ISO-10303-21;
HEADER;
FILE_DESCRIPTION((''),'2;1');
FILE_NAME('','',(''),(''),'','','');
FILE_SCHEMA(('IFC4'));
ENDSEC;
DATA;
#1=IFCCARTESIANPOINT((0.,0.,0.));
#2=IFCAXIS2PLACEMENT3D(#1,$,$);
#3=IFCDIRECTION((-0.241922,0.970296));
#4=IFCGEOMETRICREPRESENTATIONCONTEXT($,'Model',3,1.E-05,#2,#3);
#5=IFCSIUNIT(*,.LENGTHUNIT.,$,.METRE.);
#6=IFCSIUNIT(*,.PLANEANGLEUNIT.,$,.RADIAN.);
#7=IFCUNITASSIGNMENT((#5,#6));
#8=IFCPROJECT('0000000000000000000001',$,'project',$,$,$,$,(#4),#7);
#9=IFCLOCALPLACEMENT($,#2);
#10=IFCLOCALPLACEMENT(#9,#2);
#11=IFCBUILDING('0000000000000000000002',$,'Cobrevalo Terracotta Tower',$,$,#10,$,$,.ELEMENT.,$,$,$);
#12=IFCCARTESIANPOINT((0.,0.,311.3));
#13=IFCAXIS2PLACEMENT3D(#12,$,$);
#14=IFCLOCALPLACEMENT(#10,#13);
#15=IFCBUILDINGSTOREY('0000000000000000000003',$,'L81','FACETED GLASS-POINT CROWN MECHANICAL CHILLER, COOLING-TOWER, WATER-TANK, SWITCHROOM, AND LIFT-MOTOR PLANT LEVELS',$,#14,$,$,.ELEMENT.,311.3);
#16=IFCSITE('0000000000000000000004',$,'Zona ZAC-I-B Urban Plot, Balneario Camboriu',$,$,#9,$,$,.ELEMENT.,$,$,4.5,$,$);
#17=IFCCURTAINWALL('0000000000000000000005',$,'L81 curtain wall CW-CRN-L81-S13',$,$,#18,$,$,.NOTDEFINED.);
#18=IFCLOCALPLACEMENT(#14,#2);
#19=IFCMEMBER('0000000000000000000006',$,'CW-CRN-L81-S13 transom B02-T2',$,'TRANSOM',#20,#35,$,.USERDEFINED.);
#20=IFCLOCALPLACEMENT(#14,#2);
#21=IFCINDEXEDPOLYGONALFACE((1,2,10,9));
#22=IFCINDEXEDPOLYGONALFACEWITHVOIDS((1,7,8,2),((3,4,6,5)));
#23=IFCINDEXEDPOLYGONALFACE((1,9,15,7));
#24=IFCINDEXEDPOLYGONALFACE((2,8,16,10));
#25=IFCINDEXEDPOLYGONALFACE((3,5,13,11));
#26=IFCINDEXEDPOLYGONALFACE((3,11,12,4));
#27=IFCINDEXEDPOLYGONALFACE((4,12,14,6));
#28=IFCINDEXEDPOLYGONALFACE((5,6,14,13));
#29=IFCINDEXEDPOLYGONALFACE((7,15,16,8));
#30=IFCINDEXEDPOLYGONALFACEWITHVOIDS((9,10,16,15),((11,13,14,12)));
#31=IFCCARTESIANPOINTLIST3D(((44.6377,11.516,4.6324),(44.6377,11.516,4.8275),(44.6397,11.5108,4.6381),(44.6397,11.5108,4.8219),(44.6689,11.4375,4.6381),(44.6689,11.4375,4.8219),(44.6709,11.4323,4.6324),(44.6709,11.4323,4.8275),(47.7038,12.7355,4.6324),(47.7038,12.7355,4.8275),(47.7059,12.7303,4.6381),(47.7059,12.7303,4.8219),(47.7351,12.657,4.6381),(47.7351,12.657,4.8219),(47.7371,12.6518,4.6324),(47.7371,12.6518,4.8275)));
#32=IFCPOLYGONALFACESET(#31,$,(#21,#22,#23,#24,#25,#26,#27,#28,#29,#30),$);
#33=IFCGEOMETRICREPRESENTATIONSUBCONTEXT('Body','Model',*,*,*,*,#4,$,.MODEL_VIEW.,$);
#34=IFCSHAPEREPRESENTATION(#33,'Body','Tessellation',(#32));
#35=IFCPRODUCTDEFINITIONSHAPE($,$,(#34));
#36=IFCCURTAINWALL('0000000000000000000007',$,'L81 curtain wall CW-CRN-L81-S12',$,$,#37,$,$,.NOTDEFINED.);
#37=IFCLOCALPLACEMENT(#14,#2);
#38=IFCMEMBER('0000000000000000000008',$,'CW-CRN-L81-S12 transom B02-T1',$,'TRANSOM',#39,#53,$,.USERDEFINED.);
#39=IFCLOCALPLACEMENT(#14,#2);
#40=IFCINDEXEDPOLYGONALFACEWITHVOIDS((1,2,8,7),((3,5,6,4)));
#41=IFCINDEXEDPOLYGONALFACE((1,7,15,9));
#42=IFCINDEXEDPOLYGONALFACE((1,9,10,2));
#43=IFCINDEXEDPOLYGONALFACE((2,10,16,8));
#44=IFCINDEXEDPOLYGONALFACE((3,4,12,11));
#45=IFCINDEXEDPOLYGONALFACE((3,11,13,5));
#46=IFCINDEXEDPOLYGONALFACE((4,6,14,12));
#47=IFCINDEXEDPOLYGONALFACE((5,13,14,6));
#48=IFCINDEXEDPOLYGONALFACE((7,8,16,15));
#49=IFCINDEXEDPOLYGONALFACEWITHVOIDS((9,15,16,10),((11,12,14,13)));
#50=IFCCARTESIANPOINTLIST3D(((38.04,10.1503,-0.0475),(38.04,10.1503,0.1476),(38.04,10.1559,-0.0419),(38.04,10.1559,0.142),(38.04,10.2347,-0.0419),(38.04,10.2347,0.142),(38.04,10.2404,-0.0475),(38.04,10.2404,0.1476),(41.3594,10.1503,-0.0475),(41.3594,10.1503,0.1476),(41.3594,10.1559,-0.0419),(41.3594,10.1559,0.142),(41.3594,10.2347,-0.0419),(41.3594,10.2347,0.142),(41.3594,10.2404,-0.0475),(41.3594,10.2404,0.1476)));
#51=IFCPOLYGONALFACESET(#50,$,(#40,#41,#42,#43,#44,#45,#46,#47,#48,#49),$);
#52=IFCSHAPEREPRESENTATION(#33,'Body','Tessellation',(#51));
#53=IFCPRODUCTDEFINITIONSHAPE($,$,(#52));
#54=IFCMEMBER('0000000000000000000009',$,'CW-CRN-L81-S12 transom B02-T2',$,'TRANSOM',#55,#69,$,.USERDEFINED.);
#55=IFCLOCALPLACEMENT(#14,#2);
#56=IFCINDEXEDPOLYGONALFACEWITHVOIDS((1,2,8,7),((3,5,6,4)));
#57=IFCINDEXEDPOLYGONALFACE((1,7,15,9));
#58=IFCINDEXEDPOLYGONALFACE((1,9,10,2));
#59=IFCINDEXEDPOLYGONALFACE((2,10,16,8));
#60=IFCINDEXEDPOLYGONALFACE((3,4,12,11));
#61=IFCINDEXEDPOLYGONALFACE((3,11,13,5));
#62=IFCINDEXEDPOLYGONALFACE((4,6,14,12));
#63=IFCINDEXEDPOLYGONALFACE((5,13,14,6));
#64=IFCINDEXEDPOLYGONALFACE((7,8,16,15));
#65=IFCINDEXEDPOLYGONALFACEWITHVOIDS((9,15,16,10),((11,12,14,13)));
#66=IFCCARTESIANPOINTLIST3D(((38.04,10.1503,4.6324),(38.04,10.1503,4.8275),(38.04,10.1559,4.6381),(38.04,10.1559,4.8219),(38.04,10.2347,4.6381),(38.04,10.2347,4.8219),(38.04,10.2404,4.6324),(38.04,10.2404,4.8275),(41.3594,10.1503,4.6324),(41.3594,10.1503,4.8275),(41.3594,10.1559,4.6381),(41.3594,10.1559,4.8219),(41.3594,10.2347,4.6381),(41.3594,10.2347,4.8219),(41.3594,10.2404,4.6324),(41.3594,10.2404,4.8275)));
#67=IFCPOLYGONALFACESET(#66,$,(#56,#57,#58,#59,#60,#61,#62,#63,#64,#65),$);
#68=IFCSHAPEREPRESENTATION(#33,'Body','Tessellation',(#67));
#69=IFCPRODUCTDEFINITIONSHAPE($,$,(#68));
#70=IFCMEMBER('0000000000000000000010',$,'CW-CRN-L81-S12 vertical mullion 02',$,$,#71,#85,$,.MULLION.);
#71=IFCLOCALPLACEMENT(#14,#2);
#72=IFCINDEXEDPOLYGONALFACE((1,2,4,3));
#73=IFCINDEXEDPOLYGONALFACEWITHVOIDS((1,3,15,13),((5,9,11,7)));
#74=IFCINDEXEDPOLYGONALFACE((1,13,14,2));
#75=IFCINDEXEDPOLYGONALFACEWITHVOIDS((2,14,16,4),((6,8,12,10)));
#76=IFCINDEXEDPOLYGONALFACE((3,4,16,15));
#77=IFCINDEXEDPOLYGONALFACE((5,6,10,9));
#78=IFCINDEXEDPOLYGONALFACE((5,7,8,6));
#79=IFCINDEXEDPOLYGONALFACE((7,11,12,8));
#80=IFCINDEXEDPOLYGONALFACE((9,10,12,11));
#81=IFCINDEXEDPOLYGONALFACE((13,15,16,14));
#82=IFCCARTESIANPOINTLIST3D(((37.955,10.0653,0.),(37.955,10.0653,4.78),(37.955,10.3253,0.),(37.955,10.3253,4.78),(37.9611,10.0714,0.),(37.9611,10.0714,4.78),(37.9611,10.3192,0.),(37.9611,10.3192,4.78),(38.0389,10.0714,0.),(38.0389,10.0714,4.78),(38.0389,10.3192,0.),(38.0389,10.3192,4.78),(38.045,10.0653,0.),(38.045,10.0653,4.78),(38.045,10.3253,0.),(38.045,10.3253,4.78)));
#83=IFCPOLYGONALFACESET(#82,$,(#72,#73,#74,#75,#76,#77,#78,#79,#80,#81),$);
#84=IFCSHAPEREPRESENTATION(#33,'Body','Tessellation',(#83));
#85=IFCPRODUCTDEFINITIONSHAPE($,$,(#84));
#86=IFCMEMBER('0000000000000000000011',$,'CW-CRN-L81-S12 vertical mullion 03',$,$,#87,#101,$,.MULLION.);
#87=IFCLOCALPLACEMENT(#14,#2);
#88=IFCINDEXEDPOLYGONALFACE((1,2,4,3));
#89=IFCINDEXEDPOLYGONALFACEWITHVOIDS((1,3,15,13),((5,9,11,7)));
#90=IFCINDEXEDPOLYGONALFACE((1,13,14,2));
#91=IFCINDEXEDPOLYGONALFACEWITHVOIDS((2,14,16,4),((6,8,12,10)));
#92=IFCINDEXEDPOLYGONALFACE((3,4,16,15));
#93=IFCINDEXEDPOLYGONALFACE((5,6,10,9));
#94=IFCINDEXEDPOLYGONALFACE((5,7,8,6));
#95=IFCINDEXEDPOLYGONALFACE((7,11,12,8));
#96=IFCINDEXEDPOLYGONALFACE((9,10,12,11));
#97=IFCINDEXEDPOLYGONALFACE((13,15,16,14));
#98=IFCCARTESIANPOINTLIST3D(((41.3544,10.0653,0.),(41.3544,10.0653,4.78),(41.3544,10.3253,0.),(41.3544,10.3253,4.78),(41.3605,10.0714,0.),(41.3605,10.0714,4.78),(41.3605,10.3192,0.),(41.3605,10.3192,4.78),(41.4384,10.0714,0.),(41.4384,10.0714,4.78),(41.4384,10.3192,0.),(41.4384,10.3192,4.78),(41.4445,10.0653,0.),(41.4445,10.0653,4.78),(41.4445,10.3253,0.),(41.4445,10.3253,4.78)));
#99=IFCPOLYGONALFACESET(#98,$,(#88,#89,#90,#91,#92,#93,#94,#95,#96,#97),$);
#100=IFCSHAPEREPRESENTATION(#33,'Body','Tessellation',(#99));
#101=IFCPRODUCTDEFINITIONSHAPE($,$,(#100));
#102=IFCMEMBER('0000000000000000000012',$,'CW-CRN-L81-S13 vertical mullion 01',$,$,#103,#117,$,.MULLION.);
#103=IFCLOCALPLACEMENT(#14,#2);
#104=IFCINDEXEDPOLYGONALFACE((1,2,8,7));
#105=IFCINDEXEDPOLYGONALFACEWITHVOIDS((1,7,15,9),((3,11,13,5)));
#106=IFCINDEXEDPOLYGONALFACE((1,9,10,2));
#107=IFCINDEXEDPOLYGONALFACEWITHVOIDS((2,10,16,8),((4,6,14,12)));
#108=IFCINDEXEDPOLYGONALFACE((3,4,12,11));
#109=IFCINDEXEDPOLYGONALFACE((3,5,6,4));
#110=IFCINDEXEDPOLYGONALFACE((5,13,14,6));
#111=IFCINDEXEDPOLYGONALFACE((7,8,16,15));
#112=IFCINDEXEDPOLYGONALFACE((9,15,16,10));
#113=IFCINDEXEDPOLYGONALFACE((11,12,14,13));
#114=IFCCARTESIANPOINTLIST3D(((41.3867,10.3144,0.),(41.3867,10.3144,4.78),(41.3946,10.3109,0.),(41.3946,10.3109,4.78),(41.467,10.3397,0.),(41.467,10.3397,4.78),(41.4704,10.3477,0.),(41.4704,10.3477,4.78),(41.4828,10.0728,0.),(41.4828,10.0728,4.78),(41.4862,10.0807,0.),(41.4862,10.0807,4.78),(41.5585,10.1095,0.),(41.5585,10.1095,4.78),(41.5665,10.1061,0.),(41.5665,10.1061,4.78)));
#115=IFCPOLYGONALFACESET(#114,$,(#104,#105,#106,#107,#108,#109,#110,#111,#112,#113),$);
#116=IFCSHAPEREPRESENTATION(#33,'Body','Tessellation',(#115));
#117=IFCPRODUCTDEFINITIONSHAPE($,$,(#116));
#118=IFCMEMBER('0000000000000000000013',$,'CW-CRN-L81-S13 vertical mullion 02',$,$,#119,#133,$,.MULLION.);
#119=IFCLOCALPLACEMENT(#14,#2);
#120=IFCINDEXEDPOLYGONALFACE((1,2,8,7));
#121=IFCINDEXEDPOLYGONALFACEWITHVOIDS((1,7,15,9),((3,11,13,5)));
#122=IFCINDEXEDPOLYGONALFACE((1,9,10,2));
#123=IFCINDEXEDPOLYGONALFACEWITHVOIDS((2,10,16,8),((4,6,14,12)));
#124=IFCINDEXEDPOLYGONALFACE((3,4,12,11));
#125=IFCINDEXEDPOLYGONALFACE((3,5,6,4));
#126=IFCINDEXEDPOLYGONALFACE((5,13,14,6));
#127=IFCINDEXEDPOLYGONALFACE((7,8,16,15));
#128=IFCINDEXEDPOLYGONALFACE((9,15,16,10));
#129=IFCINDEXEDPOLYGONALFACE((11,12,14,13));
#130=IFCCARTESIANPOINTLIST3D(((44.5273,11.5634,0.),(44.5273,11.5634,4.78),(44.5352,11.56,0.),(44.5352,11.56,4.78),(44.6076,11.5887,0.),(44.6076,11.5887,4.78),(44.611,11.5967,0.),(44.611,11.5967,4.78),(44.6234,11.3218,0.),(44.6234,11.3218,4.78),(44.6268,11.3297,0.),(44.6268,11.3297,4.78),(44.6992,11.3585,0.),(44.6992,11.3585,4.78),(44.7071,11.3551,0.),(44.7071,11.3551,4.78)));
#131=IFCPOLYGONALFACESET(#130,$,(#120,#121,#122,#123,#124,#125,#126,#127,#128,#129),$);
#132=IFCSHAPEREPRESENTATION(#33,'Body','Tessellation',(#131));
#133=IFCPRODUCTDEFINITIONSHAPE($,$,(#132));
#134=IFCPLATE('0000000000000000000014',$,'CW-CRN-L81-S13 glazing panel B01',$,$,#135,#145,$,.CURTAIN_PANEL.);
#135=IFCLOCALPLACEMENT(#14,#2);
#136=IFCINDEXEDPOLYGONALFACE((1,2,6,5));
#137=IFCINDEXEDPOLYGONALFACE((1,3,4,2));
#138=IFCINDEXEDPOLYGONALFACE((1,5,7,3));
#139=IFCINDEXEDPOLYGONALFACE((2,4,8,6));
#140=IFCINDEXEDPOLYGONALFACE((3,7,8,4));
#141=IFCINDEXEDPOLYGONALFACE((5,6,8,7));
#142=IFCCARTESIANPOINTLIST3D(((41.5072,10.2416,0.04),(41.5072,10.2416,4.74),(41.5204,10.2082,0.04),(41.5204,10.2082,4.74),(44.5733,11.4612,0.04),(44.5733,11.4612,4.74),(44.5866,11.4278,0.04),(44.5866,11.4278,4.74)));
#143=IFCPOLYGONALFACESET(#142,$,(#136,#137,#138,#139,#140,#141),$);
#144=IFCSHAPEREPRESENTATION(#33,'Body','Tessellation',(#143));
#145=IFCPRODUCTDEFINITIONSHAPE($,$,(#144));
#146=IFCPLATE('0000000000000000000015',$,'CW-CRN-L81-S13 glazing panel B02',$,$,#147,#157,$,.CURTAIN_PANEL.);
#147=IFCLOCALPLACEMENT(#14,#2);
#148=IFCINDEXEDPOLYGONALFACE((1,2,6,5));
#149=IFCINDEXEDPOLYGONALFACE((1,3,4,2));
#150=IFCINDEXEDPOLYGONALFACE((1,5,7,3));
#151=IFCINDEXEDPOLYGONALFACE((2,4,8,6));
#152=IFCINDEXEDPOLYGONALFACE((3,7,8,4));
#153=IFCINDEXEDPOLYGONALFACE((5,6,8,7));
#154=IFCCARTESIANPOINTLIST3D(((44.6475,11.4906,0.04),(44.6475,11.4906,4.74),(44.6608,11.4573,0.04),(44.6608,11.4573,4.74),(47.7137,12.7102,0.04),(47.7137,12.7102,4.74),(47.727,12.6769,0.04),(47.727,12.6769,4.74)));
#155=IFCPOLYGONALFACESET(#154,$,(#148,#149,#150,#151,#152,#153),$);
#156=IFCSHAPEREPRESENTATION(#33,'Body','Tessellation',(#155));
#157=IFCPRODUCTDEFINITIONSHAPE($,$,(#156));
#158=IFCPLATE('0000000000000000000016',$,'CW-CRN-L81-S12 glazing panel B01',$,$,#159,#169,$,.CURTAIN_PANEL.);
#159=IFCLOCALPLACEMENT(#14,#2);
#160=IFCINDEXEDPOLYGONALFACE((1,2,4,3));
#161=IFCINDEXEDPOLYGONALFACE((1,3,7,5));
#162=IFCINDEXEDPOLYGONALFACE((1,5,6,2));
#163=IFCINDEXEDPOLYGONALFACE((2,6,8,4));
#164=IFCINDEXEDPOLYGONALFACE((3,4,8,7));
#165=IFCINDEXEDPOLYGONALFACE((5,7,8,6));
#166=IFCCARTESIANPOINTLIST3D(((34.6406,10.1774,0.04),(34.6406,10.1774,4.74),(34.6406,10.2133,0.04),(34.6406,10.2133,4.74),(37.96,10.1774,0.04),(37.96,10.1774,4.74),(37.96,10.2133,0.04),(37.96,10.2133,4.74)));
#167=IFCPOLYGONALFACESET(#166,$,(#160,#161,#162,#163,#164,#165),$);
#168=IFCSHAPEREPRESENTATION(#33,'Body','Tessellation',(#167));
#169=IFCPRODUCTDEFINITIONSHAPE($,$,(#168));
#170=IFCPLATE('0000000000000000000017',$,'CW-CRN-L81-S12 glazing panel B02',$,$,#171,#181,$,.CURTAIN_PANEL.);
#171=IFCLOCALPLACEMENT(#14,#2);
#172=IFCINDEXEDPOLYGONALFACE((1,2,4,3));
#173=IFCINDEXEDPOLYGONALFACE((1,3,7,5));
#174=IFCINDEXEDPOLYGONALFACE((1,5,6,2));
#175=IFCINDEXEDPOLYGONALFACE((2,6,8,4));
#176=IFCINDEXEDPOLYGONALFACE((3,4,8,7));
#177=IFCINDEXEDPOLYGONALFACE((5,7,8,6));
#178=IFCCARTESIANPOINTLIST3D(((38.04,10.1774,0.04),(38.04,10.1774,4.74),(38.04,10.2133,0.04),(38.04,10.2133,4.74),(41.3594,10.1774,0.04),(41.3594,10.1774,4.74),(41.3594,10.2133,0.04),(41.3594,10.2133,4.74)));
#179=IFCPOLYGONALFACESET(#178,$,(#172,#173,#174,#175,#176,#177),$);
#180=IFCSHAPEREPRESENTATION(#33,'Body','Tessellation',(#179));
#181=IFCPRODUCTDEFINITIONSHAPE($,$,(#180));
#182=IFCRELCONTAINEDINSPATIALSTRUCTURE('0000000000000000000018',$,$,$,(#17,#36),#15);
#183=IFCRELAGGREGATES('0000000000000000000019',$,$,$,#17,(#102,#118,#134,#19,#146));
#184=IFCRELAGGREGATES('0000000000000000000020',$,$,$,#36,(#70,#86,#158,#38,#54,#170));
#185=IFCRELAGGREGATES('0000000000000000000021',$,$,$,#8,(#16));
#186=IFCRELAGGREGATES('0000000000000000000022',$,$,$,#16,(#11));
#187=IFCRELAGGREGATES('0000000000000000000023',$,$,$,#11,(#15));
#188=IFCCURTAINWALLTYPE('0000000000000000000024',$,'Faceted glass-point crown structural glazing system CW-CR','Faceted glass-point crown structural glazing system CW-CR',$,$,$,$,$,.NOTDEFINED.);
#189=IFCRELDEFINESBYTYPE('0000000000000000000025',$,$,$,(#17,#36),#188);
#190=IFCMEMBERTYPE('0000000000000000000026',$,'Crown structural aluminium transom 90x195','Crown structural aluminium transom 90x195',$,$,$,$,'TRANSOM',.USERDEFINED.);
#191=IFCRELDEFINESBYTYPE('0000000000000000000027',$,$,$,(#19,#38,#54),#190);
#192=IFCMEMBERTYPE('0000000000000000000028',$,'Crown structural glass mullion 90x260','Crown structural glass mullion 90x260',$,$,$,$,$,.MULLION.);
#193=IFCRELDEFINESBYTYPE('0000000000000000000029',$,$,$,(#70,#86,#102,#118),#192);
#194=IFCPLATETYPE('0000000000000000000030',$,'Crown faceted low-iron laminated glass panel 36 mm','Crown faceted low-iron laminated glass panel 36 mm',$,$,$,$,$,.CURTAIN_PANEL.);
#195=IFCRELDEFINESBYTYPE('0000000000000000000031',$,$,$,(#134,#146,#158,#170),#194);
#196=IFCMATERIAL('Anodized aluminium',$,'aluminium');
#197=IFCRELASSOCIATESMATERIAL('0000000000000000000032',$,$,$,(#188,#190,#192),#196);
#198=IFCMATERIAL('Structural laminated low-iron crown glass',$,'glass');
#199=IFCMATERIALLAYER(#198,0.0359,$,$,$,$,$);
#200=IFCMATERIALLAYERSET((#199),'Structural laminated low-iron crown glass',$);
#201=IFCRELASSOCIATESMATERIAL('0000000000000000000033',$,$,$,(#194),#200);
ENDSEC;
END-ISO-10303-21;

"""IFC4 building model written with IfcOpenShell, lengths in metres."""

from ifc_helpers import new_model, si_unit, direction, frame, origin, origin_2d, place, context, subcontext, project, spatial, rectangle, hollow_rectangle, extrude, source, transform, mapped, material, layer, layer_set, material_profile, profile_set, type_object, element, aggregate, save


model = new_model("IFC4")

# Units and contexts
model_context = context("Model", 3, precision=1e-05, world=origin(), true_north=direction((-0.241922, 0.970296)))
body_context = subcontext(model_context, "Body", "Model", "MODEL_VIEW")
ifc_project = project(units=[si_unit("LENGTHUNIT", "METRE"), si_unit("PLANEANGLEUNIT", "RADIAN")], contexts=[model_context])

# Site, building, storey
site_placement = place(None, origin())
site = spatial("IfcSite", under=ifc_project, at=site_placement, Name="Zona ZAC-I-B Urban Plot, Balneario Camboriu", CompositionType="ELEMENT", RefElevation=4.5)
building_placement = place(site_placement, origin())
building = spatial("IfcBuilding", under=site, at=building_placement, Name="Cobrevalo Terracotta Tower", CompositionType="ELEMENT")
storey_placement = place(building_placement, frame((0.0, 0.0, 311.3)))
storey = spatial("IfcBuildingStorey", under=building, at=storey_placement, Name="L81", Description="FACETED GLASS-POINT CROWN MECHANICAL CHILLER, COOLING-TOWER, WATER-TANK, SWITCHROOM, AND LIFT-MOTOR PLANT LEVELS", CompositionType="ELEMENT", Elevation=311.3)

# Curtain walls, members
ifc_material_1 = material(Name="Anodized aluminium", Category="aluminium")
curtain_wall_type = type_object("IfcCurtainWallType", Name="Faceted glass-point crown structural glazing system CW-CR", Description="Faceted glass-point crown structural glazing system CW-CR", PredefinedType="NOTDEFINED", material=ifc_material_1)
curtain_wall_1_placement = place(storey_placement, origin())
curtain_wall_1 = element("IfcCurtainWall", 1, at=curtain_wall_1_placement, inside=storey, type_object=curtain_wall_type, Name="L81 curtain wall CW-CRN-L81-S13", PredefinedType="NOTDEFINED")
ifc_material_profile_1 = material_profile(ifc_material_1, hollow_rectangle(XDim=0.0901, YDim=0.1951, WallThickness=0.0056, at=origin_2d()), Name="CWT 90x195")
ifc_profile_set_1 = profile_set([ifc_material_profile_1], Name="Anodized aluminium")
member_type_1 = type_object("IfcMemberType", Name="Crown structural aluminium transom 90x195", Description="Crown structural aluminium transom 90x195", ElementType="TRANSOM", PredefinedType="USERDEFINED", material=ifc_profile_set_1)
shared_shape_1 = source(origin(), body_context, "Body", "SweptSolid", [
    extrude(hollow_rectangle(XDim=0.0901, YDim=0.1951, WallThickness=0.0056, at=origin_2d()), origin(), (0.0, 0.0, 1.0), 3.2998),
])
member_1_placement = place(storey_placement, frame((44.6543, 11.4741, 4.73), z_axis=(0.929205, 0.369566, 0.0), x_axis=(-0.369566, 0.929205, 0.0)))
member_1 = element("IfcMember", 2, at=member_1_placement, type_object=member_type_1, Name="CW-CRN-L81-S13 transom B02-T2", ObjectType="TRANSOM", PredefinedType="USERDEFINED", context=body_context, shape_type="MappedRepresentation", body=[
    mapped(shared_shape_1, transform((0.0, 0.0, 0.0), scale=1.0)),
])
curtain_wall_2_placement = place(storey_placement, origin())
curtain_wall_2 = element("IfcCurtainWall", 3, at=curtain_wall_2_placement, inside=storey, type_object=curtain_wall_type, Name="L81 curtain wall CW-CRN-L81-S12", PredefinedType="NOTDEFINED")
shared_shape_2 = source(origin(), body_context, "Body", "SweptSolid", [
    extrude(hollow_rectangle(XDim=0.0901, YDim=0.1951, WallThickness=0.0056, at=origin_2d()), origin(), (0.0, 0.0, 1.0), 3.3193),
])
member_2_placement = place(storey_placement, frame((38.04, 10.1953, 0.05), z_axis=(1.0, 0.0, 0.0), x_axis=(0.0, 1.0, 0.0)))
member_2 = element("IfcMember", 4, at=member_2_placement, type_object=member_type_1, Name="CW-CRN-L81-S12 transom B02-T1", ObjectType="TRANSOM", PredefinedType="USERDEFINED", context=body_context, shape_type="MappedRepresentation", body=[
    mapped(shared_shape_2, transform((0.0, 0.0, 0.0), scale=1.0)),
])
member_3_placement = place(storey_placement, frame((38.04, 10.1953, 4.73), z_axis=(1.0, 0.0, 0.0), x_axis=(0.0, 1.0, 0.0)))
member_3 = element("IfcMember", 5, at=member_3_placement, type_object=member_type_1, Name="CW-CRN-L81-S12 transom B02-T2", ObjectType="TRANSOM", PredefinedType="USERDEFINED", context=body_context, shape_type="MappedRepresentation", body=[
    mapped(shared_shape_2, transform((0.0, 0.0, 0.0), scale=1.0)),
])
ifc_material_profile_2 = material_profile(ifc_material_1, hollow_rectangle(XDim=0.0901, YDim=0.26, WallThickness=0.0061, at=origin_2d()), Name="CWM 90x260")
ifc_profile_set_2 = profile_set([ifc_material_profile_2], Name="Anodized aluminium")
member_type_2 = type_object("IfcMemberType", Name="Crown structural glass mullion 90x260", Description="Crown structural glass mullion 90x260", PredefinedType="MULLION", material=ifc_profile_set_2)
shared_shape_3 = source(origin(), body_context, "Body", "SweptSolid", [
    extrude(hollow_rectangle(XDim=0.0901, YDim=0.26, WallThickness=0.0061, at=origin_2d()), origin(), (0.0, 0.0, 1.0), 4.78),
])
member_4_placement = place(storey_placement, frame((38.0, 10.1953, 0.0), z_axis=(0.0, 0.0, 1.0), x_axis=(1.0, 0.0, 0.0)))
member_4 = element("IfcMember", 6, at=member_4_placement, type_object=member_type_2, Name="CW-CRN-L81-S12 vertical mullion 02", PredefinedType="MULLION", context=body_context, shape_type="MappedRepresentation", body=[
    mapped(shared_shape_3, transform((0.0, 0.0, 0.0), scale=1.0)),
])
member_5_placement = place(storey_placement, frame((41.3994, 10.1953, 0.0), z_axis=(0.0, 0.0, 1.0), x_axis=(1.0, 0.0, 0.0)))
member_5 = element("IfcMember", 7, at=member_5_placement, type_object=member_type_2, Name="CW-CRN-L81-S12 vertical mullion 03", PredefinedType="MULLION", context=body_context, shape_type="MappedRepresentation", body=[
    mapped(shared_shape_3, transform((0.0, 0.0, 0.0), scale=1.0)),
])

# Members
member_6_placement = place(storey_placement, frame((41.4766, 10.2102, 0.0), z_axis=(0.0, 0.0, 1.0), x_axis=(0.929191, 0.369601, 0.0)))
member_6 = element("IfcMember", 8, at=member_6_placement, type_object=member_type_2, Name="CW-CRN-L81-S13 vertical mullion 01", PredefinedType="MULLION", context=body_context, shape_type="MappedRepresentation", body=[
    mapped(shared_shape_3, transform((0.0, 0.0, 0.0), scale=1.0)),
])
member_7_placement = place(storey_placement, frame((44.6172, 11.4592, 0.0), z_axis=(0.0, 0.0, 1.0), x_axis=(0.929191, 0.369601, 0.0)))
member_7 = element("IfcMember", 9, at=member_7_placement, type_object=member_type_2, Name="CW-CRN-L81-S13 vertical mullion 02", PredefinedType="MULLION", context=body_context, shape_type="MappedRepresentation", body=[
    mapped(shared_shape_3, transform((0.0, 0.0, 0.0), scale=1.0)),
])

# Plates
ifc_material_2 = material(Name="Structural laminated low-iron crown glass", Category="glass")
ifc_layer_1 = layer(ifc_material_2, 0.0359)
ifc_layer_set_1 = layer_set([ifc_layer_1], Name="Structural laminated low-iron crown glass")
plate_type = type_object("IfcPlateType", Name="Crown faceted low-iron laminated glass panel 36 mm", Description="Crown faceted low-iron laminated glass panel 36 mm", PredefinedType="CURTAIN_PANEL", material=ifc_layer_set_1)
shared_shape_4 = source(origin(), body_context, "Body", "SweptSolid", [
    extrude(rectangle(XDim=3.2998, YDim=0.0359, at=origin_2d()), origin(), (0.0, 0.0, 1.0), 4.7),
])
plate_1_placement = place(storey_placement, frame((43.0469, 10.8347, 0.04), z_axis=(0.0, 0.0, 1.0), x_axis=(0.929191, 0.369601, 0.0)))
plate_1 = element("IfcPlate", 10, at=plate_1_placement, type_object=plate_type, Name="CW-CRN-L81-S13 glazing panel B01", PredefinedType="CURTAIN_PANEL", context=body_context, shape_type="MappedRepresentation", body=[
    mapped(shared_shape_4, transform((0.0, 0.0, 0.0), scale=1.0)),
])
plate_2_placement = place(storey_placement, frame((46.1873, 12.0837, 0.04), z_axis=(0.0, 0.0, 1.0), x_axis=(0.929191, 0.369601, 0.0)))
plate_2 = element("IfcPlate", 11, at=plate_2_placement, type_object=plate_type, Name="CW-CRN-L81-S13 glazing panel B02", PredefinedType="CURTAIN_PANEL", context=body_context, shape_type="MappedRepresentation", body=[
    mapped(shared_shape_4, transform((0.0, 0.0, 0.0), scale=1.0)),
])
aggregate(curtain_wall_1, [member_6, member_7, plate_1, member_1, plate_2])
shared_shape_5 = source(origin(), body_context, "Body", "SweptSolid", [
    extrude(rectangle(XDim=3.3193, YDim=0.0359, at=origin_2d()), origin(), (0.0, 0.0, 1.0), 4.7),
])
plate_3_placement = place(storey_placement, frame((36.3003, 10.1953, 0.04), z_axis=(0.0, 0.0, 1.0), x_axis=(1.0, 0.0, 0.0)))
plate_3 = element("IfcPlate", 12, at=plate_3_placement, type_object=plate_type, Name="CW-CRN-L81-S12 glazing panel B01", PredefinedType="CURTAIN_PANEL", context=body_context, shape_type="MappedRepresentation", body=[
    mapped(shared_shape_5, transform((0.0, 0.0, 0.0), scale=1.0)),
])
plate_4_placement = place(storey_placement, frame((39.6997, 10.1953, 0.04), z_axis=(0.0, 0.0, 1.0), x_axis=(1.0, 0.0, 0.0)))
plate_4 = element("IfcPlate", 13, at=plate_4_placement, type_object=plate_type, Name="CW-CRN-L81-S12 glazing panel B02", PredefinedType="CURTAIN_PANEL", context=body_context, shape_type="MappedRepresentation", body=[
    mapped(shared_shape_5, transform((0.0, 0.0, 0.0), scale=1.0)),
])
aggregate(curtain_wall_2, [member_4, member_5, plate_3, member_2, member_3, plate_4])

save(model, "model.ifc")
